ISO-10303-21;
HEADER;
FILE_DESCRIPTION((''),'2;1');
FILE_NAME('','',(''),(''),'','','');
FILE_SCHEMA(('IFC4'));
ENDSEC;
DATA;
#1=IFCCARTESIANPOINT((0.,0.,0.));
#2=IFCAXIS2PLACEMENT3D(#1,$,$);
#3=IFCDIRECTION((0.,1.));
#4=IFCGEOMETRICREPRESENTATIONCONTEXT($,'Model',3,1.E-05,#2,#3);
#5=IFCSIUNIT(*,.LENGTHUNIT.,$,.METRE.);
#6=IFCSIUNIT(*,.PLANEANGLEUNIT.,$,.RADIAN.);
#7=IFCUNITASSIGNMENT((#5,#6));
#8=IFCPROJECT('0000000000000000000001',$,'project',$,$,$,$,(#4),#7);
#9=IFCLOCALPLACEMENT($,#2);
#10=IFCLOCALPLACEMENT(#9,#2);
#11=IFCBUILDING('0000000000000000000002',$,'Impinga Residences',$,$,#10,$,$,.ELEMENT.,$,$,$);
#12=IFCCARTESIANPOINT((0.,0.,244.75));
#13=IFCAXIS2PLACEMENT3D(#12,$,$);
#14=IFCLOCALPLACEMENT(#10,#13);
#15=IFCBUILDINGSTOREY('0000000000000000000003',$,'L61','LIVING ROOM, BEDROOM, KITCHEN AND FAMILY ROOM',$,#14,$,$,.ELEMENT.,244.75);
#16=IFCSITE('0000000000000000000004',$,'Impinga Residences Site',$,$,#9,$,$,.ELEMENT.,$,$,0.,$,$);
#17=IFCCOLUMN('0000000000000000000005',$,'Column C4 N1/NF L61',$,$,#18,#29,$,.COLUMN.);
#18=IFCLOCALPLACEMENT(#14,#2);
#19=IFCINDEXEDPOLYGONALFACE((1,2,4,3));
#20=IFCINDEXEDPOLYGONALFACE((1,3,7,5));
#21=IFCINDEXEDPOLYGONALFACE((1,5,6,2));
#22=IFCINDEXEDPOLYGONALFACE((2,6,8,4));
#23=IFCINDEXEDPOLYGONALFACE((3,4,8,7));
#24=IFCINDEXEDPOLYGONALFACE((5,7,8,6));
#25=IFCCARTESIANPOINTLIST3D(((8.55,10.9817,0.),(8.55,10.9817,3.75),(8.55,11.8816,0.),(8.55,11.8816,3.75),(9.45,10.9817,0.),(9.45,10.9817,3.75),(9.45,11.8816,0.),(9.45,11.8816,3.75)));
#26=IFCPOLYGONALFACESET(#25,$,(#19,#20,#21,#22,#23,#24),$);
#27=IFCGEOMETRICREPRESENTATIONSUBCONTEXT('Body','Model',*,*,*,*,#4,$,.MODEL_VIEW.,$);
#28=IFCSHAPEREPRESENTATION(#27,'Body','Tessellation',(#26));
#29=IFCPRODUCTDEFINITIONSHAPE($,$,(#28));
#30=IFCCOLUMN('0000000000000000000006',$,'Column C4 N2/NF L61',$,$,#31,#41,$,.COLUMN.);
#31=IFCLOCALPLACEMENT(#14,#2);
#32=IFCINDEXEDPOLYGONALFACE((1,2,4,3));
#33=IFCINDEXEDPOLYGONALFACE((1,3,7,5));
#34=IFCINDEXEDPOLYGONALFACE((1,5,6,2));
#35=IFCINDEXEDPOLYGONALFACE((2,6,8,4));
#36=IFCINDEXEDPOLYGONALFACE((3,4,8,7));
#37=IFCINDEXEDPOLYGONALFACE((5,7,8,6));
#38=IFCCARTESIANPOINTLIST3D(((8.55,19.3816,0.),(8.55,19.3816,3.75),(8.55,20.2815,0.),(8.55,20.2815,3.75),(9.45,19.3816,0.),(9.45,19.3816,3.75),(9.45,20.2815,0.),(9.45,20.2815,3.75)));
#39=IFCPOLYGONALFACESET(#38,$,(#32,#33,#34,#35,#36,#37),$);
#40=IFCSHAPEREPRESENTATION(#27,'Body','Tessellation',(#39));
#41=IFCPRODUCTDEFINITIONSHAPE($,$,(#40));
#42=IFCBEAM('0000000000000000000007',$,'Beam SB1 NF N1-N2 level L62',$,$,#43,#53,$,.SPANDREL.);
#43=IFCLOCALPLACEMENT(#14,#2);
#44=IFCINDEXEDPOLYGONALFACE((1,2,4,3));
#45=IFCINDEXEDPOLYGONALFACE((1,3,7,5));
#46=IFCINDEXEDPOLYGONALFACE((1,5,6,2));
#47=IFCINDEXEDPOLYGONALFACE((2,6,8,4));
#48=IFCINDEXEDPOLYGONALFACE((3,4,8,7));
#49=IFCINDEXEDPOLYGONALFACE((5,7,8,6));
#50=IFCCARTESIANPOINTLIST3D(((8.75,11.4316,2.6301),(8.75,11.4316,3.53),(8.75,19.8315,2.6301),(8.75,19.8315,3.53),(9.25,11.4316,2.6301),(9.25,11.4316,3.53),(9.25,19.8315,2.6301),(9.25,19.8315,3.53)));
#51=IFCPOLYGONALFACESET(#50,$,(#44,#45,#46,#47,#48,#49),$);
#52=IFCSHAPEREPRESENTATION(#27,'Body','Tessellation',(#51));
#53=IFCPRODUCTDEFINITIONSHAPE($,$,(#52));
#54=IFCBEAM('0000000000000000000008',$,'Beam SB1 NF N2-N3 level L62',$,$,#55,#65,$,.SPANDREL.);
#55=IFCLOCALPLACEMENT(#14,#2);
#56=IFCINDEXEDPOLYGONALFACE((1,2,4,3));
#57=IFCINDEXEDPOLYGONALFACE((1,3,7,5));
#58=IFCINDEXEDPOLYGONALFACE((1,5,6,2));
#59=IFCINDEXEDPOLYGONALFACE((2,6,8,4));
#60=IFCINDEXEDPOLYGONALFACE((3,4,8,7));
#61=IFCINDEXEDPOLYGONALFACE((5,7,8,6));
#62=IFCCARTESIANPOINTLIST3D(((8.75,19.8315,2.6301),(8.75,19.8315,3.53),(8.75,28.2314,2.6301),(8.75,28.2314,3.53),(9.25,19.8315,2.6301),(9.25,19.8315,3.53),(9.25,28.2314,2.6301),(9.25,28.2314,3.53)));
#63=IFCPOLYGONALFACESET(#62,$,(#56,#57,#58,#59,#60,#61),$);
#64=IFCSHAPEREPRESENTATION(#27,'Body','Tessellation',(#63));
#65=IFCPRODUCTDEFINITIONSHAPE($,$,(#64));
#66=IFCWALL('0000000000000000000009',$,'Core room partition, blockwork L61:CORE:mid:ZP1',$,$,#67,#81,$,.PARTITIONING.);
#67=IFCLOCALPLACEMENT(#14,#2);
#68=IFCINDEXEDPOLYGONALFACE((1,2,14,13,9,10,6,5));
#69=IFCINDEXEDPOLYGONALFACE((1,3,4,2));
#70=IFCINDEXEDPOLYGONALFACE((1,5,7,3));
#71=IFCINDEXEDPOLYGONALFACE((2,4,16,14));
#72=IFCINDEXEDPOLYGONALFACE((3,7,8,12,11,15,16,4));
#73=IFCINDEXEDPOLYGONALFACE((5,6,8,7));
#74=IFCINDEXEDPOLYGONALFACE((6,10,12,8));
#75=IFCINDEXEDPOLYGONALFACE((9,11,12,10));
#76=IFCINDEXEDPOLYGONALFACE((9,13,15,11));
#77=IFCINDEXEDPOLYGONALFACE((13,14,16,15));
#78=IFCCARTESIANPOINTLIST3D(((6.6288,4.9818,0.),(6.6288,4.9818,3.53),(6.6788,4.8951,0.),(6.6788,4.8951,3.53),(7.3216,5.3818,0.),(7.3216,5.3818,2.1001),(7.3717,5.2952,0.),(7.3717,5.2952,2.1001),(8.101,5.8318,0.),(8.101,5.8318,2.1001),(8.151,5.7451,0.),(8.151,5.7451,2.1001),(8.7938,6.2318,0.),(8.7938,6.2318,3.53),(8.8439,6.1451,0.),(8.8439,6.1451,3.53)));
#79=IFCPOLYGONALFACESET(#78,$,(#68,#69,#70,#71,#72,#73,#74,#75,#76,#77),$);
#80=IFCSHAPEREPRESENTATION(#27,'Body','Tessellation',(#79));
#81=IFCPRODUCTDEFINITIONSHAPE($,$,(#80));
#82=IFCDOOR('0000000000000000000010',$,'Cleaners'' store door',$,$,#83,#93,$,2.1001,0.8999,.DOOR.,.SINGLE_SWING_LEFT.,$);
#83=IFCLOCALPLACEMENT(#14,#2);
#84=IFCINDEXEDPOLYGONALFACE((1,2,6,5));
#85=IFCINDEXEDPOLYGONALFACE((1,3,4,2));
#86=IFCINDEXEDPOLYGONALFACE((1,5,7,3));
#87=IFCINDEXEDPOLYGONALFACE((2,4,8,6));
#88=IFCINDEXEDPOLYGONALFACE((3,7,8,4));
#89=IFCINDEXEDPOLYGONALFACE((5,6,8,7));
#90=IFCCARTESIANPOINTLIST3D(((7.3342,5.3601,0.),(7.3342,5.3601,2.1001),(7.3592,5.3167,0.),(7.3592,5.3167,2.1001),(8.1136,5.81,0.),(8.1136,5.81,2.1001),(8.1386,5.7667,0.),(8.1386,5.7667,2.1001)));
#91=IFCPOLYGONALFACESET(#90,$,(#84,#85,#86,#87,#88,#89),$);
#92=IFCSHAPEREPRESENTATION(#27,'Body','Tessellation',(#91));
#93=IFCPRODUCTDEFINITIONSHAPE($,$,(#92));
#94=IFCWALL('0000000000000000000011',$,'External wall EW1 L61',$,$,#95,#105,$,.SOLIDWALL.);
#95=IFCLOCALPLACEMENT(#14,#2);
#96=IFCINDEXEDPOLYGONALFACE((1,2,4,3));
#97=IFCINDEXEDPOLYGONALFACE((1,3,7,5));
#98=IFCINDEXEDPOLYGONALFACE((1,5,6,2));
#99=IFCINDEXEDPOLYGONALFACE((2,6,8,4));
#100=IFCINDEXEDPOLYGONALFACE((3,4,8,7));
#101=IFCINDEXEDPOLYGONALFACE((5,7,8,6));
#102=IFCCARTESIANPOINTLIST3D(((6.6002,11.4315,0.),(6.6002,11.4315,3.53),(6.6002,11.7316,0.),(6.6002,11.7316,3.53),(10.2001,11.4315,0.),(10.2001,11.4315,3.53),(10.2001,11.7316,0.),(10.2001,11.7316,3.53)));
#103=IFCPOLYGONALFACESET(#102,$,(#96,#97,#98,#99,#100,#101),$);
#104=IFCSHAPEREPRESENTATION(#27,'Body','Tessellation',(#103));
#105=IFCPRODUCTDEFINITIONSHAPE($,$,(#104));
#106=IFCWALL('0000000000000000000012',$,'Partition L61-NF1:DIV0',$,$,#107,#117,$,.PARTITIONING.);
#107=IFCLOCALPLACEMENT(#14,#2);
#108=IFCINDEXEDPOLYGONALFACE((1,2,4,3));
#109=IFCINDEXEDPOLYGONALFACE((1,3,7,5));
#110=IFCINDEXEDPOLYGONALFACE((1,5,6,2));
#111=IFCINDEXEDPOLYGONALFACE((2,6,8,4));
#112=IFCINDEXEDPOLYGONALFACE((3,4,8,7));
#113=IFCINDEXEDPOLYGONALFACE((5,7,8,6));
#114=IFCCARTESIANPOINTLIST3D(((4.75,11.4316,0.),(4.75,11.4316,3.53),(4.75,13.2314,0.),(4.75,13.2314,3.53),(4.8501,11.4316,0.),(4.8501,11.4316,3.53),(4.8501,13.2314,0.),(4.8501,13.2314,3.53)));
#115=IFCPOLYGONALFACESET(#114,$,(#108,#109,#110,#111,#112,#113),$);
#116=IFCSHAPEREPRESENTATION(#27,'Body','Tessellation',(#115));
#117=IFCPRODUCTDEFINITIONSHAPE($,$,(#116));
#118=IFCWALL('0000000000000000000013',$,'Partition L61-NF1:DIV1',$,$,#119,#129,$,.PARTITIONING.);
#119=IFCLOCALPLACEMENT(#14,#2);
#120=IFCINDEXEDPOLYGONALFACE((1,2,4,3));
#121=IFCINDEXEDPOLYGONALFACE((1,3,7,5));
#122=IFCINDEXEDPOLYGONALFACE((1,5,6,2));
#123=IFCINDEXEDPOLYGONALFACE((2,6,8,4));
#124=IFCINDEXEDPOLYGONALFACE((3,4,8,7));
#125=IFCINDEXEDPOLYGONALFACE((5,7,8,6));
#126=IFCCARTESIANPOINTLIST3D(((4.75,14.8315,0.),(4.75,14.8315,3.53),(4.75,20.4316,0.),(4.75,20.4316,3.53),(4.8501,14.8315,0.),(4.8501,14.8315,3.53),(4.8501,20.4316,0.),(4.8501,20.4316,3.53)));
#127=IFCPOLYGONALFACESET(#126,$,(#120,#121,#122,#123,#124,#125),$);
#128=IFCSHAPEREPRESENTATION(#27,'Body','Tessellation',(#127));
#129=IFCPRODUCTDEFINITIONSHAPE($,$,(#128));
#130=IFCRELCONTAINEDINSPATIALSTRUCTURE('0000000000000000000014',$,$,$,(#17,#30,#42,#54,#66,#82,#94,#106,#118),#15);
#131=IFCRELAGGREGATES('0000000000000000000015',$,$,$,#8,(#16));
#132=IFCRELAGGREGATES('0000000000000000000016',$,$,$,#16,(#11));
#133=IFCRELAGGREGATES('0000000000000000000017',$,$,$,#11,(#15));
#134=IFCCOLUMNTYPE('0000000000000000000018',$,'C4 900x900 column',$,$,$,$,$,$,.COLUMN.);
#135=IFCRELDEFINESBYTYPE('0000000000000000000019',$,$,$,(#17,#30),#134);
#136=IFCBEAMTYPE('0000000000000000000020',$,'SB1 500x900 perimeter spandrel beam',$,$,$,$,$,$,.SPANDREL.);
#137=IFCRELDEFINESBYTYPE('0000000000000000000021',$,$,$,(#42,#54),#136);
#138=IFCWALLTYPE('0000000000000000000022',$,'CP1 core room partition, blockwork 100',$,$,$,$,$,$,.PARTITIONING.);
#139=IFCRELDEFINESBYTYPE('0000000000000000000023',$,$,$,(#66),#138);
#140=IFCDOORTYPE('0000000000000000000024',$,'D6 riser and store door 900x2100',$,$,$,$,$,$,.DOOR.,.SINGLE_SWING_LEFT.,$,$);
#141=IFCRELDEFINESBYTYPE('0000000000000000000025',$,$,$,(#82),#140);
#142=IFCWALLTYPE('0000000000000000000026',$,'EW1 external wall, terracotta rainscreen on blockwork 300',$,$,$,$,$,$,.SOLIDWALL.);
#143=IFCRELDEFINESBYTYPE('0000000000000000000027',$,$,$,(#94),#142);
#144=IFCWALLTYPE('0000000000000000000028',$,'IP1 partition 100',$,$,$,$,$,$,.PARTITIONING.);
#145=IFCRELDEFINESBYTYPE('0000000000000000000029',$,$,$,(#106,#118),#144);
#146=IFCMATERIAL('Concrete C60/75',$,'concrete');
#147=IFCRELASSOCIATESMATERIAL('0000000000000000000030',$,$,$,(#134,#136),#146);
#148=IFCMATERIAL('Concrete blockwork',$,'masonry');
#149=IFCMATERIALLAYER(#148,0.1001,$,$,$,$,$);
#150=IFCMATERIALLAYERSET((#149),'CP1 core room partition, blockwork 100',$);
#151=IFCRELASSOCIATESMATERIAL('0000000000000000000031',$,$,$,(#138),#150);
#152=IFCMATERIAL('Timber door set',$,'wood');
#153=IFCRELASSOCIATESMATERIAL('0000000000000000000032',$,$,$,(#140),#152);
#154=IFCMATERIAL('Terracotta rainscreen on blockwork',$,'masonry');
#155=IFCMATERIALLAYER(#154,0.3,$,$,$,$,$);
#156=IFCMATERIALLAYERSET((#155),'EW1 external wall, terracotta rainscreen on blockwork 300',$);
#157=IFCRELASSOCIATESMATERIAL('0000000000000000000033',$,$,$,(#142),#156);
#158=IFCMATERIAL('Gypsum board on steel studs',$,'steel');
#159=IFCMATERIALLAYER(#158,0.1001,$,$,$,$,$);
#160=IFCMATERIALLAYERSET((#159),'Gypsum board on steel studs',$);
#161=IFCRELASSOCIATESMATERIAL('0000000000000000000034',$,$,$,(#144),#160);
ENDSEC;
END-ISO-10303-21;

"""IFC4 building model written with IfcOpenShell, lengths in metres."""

from ifc_helpers import new_model, si_unit, direction, frame, frame_2d, origin, origin_2d, place, context, subcontext, project, spatial, rectangle, extrude, material, layer, layer_set, material_profile, profile_set, type_object, element, fill, save


model = new_model("IFC4")

# Units and contexts
model_context = context("Model", 3, precision=1e-05, world=origin(), true_north=direction((0.0, 1.0)))
body_context = subcontext(model_context, "Body", "Model", "MODEL_VIEW")
ifc_project = project(units=[si_unit("LENGTHUNIT", "METRE"), si_unit("PLANEANGLEUNIT", "RADIAN")], contexts=[model_context])

# Site, building, storey
site_placement = place(None, origin())
site = spatial("IfcSite", under=ifc_project, at=site_placement, Name="Impinga Residences Site", CompositionType="ELEMENT", RefElevation=0.0)
building_placement = place(site_placement, origin())
building = spatial("IfcBuilding", under=site, at=building_placement, Name="Impinga Residences", CompositionType="ELEMENT")
storey_placement = place(building_placement, frame((0.0, 0.0, 244.75)))
storey = spatial("IfcBuildingStorey", under=building, at=storey_placement, Name="L61", Description="LIVING ROOM, BEDROOM, KITCHEN AND FAMILY ROOM", CompositionType="ELEMENT", Elevation=244.75)

# Columns
ifc_material_1 = material(Name="Concrete C60/75", Category="concrete")
ifc_material_profile_1 = material_profile(ifc_material_1, rectangle(XDim=0.8999, YDim=0.8999, at=origin_2d()), Name="RC 900x900")
ifc_profile_set_1 = profile_set([ifc_material_profile_1], Name="Concrete C60/75")
column_type = type_object("IfcColumnType", Name="C4 900x900 column", PredefinedType="COLUMN", material=ifc_profile_set_1)
for number, where, z_axis, x_axis, name in (
    (1, (9.0, 11.4316, 0.0), (0.0, 0.0, 1.0), (1.0, 0.0, 0.0), "Column C4 N1/NF L61"),
    (2, (9.0, 19.8315, 0.0), (0.0, 0.0, 1.0), (1.0, 0.0, 0.0), "Column C4 N2/NF L61"),
):
    element("IfcColumn", number, at=place(storey_placement, frame(where, z_axis=z_axis, x_axis=x_axis)), inside=storey, type_object=column_type, Name=name, PredefinedType="COLUMN", context=body_context, shape_type="SweptSolid", body=[
        extrude(rectangle(XDim=0.8999, YDim=0.8999, at=origin_2d()), origin(), (0.0, 0.0, 1.0), 3.75),
    ])

# Beams
ifc_material_profile_2 = material_profile(ifc_material_1, rectangle(XDim=0.5, YDim=0.8999, at=origin_2d()), Name="RC 500x900")
ifc_profile_set_2 = profile_set([ifc_material_profile_2], Name="Concrete C60/75")
beam_type = type_object("IfcBeamType", Name="SB1 500x900 perimeter spandrel beam", PredefinedType="SPANDREL", material=ifc_profile_set_2)
for number, where, z_axis, x_axis, name in (
    (3, (9.0, 11.4316, 3.0801), (0.0, 1.0, 0.0), (-1.0, 0.0, 0.0), "Beam SB1 NF N1-N2 level L62"),
    (4, (9.0, 19.8315, 3.0801), (0.0, 1.0, 0.0), (-1.0, 0.0, 0.0), "Beam SB1 NF N2-N3 level L62"),
):
    element("IfcBeam", number, at=place(storey_placement, frame(where, z_axis=z_axis, x_axis=x_axis)), inside=storey, type_object=beam_type, Name=name, PredefinedType="SPANDREL", context=body_context, shape_type="SweptSolid", body=[
        extrude(rectangle(XDim=0.5, YDim=0.8999, at=origin_2d()), origin(), (0.0, 0.0, 1.0), 8.3999),
    ])

# Wall, opening, door
ifc_material_2 = material(Name="Concrete blockwork", Category="masonry")
ifc_layer_1 = layer(ifc_material_2, 0.1001)
ifc_layer_set_1 = layer_set([ifc_layer_1], Name="CP1 core room partition, blockwork 100")
wall_type_1 = type_object("IfcWallType", Name="CP1 core room partition, blockwork 100", PredefinedType="PARTITIONING", material=ifc_layer_set_1)
wall_1_placement = place(storey_placement, frame((6.6538, 4.9385, 0.0), z_axis=(0.0, 0.0, 1.0), x_axis=(0.866023, 0.500004, 0.0)))
wall_1 = element("IfcWall", 5, at=wall_1_placement, inside=storey, type_object=wall_type_1, Name="Core room partition, blockwork L61:CORE:mid:ZP1", PredefinedType="PARTITIONING", context=body_context, shape_type="SweptSolid", body=[
    extrude(rectangle(XDim=2.5, YDim=0.1001, at=frame_2d((1.25, 0.0))), origin(), (0.0, 0.0, 1.0), 3.53),
])
opening_1_placement = place(wall_1_placement, frame((0.8, 0.0, 0.0)))
opening_1 = element("IfcOpeningElement", 6, at=opening_1_placement, cuts=wall_1, PredefinedType="OPENING", context=body_context, shape_type="SweptSolid", body=[
    extrude(rectangle(XDim=0.8999, YDim=2.1001, at=frame_2d((0.45, 1.05))), frame((0.0, 0.0601, 0.0), z_axis=(0.0, -1.0, 0.0), x_axis=(1.0, 0.0, 0.0)), (0.0, 0.0, 1.0), 0.1201),
])
ifc_material_3 = material(Name="Timber door set", Category="wood")
door_type_1 = type_object("IfcDoorType", Name="D6 riser and store door 900x2100", OperationType="SINGLE_SWING_LEFT", PredefinedType="DOOR", material=ifc_material_3)
door_1_placement = place(opening_1_placement, origin())
door_1 = element("IfcDoor", 7, at=door_1_placement, inside=storey, type_object=door_type_1, Name="Cleaners' store door", OperationType="SINGLE_SWING_LEFT", OverallHeight=2.1001, OverallWidth=0.8999, PredefinedType="DOOR", context=body_context, shape_type="SweptSolid", body=[
    extrude(rectangle(XDim=0.8999, YDim=2.1001, at=frame_2d((0.45, 1.05))), frame((0.0, 0.0249, 0.0), z_axis=(0.0, -1.0, 0.0), x_axis=(1.0, 0.0, 0.0)), (0.0, 0.0, 1.0), 0.05),
])
fill(opening_1, door_1)

# Walls
ifc_material_4 = material(Name="Terracotta rainscreen on blockwork", Category="masonry")
ifc_layer_2 = layer(ifc_material_4, 0.3)
ifc_layer_set_2 = layer_set([ifc_layer_2], Name="EW1 external wall, terracotta rainscreen on blockwork 300")
wall_type_2 = type_object("IfcWallType", Name="EW1 external wall, terracotta rainscreen on blockwork 300", PredefinedType="SOLIDWALL", material=ifc_layer_set_2)
wall_2_placement = place(storey_placement, frame((10.2, 11.5815, 0.0), z_axis=(0.0, 0.0, 1.0), x_axis=(-1.0, 0.0, 0.0)))
element("IfcWall", 8, at=wall_2_placement, inside=storey, type_object=wall_type_2, Name="External wall EW1 L61", PredefinedType="SOLIDWALL", context=body_context, shape_type="SweptSolid", body=[
    extrude(rectangle(XDim=3.5999, YDim=0.3, at=frame_2d((1.7998, 0.0))), origin(), (0.0, 0.0, 1.0), 3.53),
])
ifc_material_5 = material(Name="Gypsum board on steel studs", Category="steel")
ifc_layer_3 = layer(ifc_material_5, 0.1001)
ifc_layer_set_3 = layer_set([ifc_layer_3], Name="Gypsum board on steel studs")
wall_type_3 = type_object("IfcWallType", Name="IP1 partition 100", PredefinedType="PARTITIONING", material=ifc_layer_set_3)
wall_3_placement = place(storey_placement, frame((4.8, 11.4316, 0.0), z_axis=(0.0, 0.0, 1.0), x_axis=(0.0, 1.0, 0.0)))
element("IfcWall", 9, at=wall_3_placement, inside=storey, type_object=wall_type_3, Name="Partition L61-NF1:DIV0", PredefinedType="PARTITIONING", context=body_context, shape_type="SweptSolid", body=[
    extrude(rectangle(XDim=1.7998, YDim=0.1001, at=frame_2d((0.8999, 0.0))), origin(), (0.0, 0.0, 1.0), 3.53),
])
wall_4_placement = place(storey_placement, frame((4.8, 14.8315, 0.0), z_axis=(0.0, 0.0, 1.0), x_axis=(0.0, 1.0, 0.0)))
element("IfcWall", 10, at=wall_4_placement, inside=storey, type_object=wall_type_3, Name="Partition L61-NF1:DIV1", PredefinedType="PARTITIONING", context=body_context, shape_type="SweptSolid", body=[
    extrude(rectangle(XDim=5.6001, YDim=0.1001, at=frame_2d((2.8, 0.0))), origin(), (0.0, 0.0, 1.0), 3.53),
])

save(model, "model.ifc")
